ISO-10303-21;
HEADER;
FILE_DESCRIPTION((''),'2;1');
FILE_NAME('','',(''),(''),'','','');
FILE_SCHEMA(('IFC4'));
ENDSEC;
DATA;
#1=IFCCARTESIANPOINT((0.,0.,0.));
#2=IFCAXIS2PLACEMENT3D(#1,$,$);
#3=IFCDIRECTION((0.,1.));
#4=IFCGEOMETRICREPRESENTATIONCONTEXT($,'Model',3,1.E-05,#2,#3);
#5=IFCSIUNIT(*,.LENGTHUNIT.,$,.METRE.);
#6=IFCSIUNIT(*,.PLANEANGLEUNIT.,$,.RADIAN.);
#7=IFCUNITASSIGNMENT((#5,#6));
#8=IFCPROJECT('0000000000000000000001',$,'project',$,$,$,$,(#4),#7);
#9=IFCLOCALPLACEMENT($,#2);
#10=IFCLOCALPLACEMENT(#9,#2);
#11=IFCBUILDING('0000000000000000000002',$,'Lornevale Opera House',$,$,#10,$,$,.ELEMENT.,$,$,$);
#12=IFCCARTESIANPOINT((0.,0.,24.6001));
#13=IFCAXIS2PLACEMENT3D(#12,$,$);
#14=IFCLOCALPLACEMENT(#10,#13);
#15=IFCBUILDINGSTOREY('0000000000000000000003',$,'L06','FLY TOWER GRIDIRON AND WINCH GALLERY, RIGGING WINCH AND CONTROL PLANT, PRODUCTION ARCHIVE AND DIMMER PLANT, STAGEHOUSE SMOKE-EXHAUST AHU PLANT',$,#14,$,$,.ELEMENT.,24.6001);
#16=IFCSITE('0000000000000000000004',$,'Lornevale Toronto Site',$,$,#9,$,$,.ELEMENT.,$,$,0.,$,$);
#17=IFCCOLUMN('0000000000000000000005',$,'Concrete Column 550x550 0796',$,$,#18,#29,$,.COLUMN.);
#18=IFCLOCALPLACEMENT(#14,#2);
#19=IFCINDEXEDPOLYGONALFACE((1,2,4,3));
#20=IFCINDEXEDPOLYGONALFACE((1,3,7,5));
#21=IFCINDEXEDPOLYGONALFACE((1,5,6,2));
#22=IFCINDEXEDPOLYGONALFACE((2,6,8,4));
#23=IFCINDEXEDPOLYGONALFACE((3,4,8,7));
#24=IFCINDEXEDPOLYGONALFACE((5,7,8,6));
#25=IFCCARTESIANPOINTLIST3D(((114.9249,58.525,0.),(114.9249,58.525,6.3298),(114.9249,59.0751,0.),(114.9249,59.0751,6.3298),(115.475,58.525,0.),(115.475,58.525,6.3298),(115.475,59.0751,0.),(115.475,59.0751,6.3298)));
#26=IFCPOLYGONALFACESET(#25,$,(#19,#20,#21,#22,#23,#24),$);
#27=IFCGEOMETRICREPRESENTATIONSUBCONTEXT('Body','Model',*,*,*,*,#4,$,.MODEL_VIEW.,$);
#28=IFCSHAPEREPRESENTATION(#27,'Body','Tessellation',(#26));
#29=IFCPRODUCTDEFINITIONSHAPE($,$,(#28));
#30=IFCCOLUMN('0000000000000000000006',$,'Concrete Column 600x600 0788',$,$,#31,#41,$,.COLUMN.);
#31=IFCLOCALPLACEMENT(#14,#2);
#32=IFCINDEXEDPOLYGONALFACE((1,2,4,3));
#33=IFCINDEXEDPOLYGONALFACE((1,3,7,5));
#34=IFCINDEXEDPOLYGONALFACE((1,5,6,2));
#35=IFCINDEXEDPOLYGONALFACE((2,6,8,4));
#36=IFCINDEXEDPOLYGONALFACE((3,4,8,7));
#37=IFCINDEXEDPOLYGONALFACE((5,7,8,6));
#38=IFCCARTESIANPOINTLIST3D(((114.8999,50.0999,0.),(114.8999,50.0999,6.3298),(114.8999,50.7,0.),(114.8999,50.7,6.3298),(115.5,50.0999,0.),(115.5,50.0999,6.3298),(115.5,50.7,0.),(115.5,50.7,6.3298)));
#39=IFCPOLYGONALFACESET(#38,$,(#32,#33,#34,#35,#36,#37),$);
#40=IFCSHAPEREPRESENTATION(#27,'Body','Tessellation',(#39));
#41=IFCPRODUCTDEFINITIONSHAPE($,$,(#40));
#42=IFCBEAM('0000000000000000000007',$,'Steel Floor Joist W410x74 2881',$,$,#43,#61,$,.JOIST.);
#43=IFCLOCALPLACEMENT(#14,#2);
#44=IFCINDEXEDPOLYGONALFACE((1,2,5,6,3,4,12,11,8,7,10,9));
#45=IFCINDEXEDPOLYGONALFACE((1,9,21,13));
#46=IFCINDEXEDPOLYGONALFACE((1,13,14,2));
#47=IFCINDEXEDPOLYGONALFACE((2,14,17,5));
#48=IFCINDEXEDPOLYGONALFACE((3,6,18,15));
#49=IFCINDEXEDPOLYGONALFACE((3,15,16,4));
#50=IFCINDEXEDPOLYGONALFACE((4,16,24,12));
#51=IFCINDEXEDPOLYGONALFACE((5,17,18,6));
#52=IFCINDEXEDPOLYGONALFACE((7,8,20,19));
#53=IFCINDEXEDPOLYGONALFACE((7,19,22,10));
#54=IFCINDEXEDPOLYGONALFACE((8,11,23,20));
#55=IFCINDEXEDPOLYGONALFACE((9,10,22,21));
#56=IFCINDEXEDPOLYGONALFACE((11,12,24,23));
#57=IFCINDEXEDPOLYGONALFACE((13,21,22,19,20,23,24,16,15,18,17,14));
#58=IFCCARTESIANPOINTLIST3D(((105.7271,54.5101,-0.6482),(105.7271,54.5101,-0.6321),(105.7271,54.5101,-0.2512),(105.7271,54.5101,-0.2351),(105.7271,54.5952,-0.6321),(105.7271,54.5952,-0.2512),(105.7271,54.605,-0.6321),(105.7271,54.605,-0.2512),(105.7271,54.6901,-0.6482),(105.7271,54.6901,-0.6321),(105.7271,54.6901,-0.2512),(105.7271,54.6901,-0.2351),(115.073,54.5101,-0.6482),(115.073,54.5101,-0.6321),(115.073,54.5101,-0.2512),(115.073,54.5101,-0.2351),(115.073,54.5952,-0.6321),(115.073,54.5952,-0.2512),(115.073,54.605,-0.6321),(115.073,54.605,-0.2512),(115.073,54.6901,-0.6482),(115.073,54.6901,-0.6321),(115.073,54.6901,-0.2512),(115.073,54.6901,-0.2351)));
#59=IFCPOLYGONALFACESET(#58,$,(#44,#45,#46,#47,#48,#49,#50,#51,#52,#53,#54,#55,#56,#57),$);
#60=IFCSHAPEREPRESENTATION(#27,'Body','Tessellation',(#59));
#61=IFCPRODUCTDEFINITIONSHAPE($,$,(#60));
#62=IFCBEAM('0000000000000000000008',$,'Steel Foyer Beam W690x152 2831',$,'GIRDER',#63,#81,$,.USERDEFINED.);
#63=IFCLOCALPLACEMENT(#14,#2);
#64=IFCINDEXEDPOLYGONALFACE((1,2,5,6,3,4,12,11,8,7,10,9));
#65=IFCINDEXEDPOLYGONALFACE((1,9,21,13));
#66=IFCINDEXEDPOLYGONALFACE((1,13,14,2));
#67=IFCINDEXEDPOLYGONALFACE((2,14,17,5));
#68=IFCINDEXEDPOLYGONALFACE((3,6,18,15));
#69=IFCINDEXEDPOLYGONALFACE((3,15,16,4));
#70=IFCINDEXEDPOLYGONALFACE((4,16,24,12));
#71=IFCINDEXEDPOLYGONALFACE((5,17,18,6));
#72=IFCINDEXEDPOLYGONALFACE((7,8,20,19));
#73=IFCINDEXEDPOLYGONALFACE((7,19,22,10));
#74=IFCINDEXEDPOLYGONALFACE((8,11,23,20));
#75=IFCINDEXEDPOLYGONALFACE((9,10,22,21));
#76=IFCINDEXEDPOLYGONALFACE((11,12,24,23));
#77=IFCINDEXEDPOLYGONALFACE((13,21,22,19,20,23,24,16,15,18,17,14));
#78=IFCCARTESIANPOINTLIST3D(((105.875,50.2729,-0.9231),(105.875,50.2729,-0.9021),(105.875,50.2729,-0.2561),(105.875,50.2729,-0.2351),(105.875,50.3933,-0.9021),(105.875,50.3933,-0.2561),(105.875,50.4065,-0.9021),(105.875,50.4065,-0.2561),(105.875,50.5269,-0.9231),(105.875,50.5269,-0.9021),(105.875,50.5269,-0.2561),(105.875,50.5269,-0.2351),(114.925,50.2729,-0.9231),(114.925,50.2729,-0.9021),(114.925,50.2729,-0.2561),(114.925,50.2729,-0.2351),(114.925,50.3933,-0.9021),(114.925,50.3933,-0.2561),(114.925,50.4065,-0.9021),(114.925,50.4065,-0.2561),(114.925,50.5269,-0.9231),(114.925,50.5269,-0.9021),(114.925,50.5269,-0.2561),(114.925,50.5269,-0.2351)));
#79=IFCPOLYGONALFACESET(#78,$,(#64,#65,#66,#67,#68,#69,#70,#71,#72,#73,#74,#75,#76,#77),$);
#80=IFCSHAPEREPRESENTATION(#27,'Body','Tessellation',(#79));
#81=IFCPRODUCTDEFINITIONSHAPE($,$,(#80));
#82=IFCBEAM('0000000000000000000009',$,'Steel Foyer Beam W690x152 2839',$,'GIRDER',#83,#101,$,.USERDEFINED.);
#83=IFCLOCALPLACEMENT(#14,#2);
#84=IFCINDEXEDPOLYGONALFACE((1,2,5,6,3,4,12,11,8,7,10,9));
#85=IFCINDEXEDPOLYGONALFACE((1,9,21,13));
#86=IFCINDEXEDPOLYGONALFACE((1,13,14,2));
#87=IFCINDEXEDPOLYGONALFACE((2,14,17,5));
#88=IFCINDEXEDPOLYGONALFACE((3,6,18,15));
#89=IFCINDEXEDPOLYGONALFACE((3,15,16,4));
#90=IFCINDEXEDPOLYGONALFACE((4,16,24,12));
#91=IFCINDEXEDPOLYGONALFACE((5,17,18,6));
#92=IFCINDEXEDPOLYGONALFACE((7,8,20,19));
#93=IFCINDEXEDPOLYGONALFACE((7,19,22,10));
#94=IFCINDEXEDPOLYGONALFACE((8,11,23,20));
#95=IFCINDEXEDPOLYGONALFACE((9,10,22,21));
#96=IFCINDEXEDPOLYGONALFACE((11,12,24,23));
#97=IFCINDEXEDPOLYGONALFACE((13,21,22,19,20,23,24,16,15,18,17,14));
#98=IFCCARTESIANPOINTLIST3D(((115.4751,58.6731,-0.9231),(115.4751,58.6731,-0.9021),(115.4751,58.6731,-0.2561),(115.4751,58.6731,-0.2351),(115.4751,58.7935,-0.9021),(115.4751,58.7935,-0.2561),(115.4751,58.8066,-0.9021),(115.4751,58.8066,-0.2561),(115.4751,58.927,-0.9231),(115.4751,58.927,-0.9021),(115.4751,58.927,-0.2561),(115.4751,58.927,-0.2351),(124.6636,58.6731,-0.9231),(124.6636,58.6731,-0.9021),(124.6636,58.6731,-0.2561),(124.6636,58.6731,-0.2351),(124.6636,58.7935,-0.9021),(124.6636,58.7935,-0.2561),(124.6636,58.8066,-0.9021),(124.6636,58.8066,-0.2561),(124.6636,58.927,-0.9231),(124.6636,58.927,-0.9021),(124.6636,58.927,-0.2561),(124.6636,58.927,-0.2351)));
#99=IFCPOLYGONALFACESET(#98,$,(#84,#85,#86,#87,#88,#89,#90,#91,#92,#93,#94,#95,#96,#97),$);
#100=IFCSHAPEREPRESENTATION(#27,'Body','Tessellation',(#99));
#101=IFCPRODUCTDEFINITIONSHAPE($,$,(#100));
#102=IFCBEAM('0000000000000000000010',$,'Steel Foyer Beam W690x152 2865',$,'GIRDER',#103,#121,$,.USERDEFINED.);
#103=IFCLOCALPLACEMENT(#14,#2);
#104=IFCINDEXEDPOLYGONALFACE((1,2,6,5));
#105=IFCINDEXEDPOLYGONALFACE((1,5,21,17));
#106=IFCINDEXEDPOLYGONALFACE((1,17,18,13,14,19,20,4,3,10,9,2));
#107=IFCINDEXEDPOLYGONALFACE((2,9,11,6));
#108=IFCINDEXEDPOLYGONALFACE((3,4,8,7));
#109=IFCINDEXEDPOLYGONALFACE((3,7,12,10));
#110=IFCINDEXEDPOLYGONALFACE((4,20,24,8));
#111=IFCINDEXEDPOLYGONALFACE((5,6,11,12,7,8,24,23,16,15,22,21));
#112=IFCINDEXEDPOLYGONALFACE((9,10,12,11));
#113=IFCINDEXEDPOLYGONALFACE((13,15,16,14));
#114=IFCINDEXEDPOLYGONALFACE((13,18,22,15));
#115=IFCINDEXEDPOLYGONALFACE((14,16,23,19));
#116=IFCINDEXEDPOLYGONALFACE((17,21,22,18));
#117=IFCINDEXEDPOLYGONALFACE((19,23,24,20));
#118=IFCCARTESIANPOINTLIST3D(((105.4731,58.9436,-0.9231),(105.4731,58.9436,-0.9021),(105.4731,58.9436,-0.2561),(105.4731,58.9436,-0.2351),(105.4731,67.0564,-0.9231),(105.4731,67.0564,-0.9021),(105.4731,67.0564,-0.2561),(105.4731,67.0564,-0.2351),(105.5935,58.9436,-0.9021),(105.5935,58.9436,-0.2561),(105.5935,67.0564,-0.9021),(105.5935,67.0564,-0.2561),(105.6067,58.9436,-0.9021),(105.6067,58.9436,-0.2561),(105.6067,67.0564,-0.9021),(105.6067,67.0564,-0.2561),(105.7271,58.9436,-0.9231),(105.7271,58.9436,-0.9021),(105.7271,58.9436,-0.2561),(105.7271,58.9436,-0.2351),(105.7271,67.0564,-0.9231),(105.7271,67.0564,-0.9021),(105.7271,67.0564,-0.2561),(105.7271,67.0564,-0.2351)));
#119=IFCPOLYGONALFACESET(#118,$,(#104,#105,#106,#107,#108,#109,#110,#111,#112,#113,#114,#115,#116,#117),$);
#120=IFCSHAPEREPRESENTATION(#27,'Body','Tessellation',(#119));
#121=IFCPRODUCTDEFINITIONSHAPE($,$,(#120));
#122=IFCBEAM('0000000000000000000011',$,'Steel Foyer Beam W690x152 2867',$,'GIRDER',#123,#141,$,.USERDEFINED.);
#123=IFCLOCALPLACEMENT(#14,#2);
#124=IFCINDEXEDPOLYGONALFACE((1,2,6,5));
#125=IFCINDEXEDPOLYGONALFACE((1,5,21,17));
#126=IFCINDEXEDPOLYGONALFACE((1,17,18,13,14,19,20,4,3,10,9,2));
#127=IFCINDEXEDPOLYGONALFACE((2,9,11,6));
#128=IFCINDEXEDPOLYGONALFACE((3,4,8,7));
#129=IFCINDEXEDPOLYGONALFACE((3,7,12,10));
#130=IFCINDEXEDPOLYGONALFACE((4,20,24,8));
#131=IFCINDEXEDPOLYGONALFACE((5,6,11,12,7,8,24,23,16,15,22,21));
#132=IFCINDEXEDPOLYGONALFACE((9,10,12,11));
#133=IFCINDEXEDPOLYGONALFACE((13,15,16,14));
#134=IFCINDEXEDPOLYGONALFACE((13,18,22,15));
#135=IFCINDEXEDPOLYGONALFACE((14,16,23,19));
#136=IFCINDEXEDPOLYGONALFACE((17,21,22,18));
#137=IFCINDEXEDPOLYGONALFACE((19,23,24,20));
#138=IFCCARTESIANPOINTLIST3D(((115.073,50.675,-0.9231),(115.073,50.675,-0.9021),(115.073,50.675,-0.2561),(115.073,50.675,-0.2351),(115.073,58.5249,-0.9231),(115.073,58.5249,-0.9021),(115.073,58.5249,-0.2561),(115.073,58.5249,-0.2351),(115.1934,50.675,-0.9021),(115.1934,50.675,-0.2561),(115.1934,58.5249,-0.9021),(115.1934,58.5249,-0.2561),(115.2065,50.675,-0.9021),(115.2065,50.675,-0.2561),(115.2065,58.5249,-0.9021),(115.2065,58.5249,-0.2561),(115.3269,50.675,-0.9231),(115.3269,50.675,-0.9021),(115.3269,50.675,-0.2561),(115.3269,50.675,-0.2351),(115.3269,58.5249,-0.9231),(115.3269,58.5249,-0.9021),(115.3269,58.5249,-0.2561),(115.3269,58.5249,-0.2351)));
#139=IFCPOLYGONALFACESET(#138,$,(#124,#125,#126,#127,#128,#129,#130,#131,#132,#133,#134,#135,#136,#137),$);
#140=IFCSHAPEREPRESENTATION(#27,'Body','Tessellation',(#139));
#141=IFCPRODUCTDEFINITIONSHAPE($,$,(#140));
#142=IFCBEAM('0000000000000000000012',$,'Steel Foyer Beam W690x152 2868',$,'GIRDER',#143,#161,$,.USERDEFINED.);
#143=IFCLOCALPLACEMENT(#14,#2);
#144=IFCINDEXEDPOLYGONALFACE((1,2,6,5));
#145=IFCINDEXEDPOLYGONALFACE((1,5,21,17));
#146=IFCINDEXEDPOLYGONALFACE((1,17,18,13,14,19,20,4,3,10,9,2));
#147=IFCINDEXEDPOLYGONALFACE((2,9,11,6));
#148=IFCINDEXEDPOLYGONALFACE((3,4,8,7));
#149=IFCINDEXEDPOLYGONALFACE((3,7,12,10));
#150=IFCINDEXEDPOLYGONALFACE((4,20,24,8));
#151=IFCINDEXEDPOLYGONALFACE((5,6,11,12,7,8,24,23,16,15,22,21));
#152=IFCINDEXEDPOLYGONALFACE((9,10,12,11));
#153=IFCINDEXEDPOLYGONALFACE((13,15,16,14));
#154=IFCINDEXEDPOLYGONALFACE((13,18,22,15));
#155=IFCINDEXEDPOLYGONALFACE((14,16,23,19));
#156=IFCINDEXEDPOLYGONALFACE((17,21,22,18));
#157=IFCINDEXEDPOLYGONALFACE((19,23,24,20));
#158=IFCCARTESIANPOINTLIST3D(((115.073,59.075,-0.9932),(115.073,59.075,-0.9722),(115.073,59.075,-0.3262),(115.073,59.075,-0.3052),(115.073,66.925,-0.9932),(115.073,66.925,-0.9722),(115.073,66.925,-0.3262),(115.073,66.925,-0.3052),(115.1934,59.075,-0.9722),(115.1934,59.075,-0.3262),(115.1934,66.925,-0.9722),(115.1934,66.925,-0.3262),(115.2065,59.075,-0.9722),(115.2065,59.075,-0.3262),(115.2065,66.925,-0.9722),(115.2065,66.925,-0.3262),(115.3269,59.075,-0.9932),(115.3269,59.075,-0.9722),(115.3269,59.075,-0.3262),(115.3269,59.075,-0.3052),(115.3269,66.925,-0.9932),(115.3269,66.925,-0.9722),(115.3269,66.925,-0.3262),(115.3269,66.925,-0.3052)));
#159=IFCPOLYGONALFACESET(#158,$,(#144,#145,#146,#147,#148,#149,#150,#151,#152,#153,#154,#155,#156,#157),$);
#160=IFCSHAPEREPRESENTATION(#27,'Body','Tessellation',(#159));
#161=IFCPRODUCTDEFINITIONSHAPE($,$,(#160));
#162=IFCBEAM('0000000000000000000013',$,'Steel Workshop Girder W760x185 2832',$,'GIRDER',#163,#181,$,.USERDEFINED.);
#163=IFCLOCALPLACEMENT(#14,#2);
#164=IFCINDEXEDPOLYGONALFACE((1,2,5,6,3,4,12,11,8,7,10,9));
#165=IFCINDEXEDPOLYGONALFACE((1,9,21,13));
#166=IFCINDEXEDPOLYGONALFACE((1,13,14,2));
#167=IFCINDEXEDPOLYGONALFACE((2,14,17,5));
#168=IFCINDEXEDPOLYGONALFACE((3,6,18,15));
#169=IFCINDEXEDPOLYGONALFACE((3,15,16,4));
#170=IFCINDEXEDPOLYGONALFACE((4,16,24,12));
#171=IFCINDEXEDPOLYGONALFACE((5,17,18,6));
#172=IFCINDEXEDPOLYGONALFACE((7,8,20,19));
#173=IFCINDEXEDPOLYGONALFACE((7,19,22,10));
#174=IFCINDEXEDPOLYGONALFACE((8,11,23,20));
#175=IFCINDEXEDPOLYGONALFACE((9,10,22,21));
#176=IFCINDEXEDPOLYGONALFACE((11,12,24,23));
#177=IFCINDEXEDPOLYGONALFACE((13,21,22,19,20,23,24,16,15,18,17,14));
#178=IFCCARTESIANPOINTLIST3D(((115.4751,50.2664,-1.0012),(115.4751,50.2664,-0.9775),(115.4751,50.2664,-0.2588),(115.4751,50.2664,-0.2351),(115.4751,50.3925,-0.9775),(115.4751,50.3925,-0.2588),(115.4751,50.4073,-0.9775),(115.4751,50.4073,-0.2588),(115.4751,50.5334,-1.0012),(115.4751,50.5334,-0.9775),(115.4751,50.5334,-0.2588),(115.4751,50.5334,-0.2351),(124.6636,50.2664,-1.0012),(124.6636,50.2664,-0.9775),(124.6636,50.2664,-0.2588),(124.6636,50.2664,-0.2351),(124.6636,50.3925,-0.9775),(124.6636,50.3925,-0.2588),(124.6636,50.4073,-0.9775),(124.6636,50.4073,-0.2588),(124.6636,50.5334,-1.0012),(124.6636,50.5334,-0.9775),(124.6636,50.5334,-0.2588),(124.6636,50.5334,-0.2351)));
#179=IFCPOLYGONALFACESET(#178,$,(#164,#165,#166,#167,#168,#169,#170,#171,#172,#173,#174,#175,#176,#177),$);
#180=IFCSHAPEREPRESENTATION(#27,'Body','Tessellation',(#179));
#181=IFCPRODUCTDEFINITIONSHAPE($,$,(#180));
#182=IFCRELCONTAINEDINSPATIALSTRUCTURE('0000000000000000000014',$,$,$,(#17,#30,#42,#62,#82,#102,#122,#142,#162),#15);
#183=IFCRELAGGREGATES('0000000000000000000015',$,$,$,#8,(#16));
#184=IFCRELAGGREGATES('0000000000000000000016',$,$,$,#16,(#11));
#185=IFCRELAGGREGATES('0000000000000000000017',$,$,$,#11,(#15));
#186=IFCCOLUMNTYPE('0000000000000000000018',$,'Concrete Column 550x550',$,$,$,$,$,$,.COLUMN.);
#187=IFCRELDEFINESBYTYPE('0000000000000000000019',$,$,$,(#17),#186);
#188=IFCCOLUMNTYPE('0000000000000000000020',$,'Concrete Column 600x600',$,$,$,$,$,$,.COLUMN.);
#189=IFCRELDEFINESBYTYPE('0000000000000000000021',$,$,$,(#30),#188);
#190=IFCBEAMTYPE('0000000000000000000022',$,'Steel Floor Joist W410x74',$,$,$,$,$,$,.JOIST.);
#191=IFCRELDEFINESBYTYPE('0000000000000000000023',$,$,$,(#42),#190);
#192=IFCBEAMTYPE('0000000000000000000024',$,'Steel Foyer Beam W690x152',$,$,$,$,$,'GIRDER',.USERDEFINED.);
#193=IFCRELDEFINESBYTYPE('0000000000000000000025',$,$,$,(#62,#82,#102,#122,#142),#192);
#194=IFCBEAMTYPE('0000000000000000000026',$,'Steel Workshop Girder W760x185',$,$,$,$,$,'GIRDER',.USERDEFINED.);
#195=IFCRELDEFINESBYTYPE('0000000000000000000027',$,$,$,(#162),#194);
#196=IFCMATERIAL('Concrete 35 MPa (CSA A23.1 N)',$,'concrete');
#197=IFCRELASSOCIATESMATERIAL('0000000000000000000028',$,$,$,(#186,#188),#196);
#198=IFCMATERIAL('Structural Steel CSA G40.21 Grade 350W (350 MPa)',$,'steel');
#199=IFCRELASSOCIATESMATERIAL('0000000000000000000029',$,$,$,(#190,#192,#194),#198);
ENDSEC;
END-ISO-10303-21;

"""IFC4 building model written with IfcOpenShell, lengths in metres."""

from ifc_helpers import new_model, si_unit, direction, frame, origin, origin_2d, place, context, subcontext, project, spatial, rectangle, i_section, extrude, material, material_profile, profile_set, type_object, element, save


model = new_model("IFC4")

# Units and contexts
model_context = context("Model", 3, precision=1e-05, world=origin(), true_north=direction((0.0, 1.0)))
body_context = subcontext(model_context, "Body", "Model", "MODEL_VIEW")
ifc_project = project(units=[si_unit("LENGTHUNIT", "METRE"), si_unit("PLANEANGLEUNIT", "RADIAN")], contexts=[model_context])

# Site, building, storey
site_placement = place(None, origin())
site = spatial("IfcSite", under=ifc_project, at=site_placement, Name="Lornevale Toronto Site", CompositionType="ELEMENT", RefElevation=0.0)
building_placement = place(site_placement, origin())
building = spatial("IfcBuilding", under=site, at=building_placement, Name="Lornevale Opera House", CompositionType="ELEMENT")
storey_placement = place(building_placement, frame((0.0, 0.0, 24.6001)))
storey = spatial("IfcBuildingStorey", under=building, at=storey_placement, Name="L06", Description="FLY TOWER GRIDIRON AND WINCH GALLERY, RIGGING WINCH AND CONTROL PLANT, PRODUCTION ARCHIVE AND DIMMER PLANT, STAGEHOUSE SMOKE-EXHAUST AHU PLANT", CompositionType="ELEMENT", Elevation=24.6001)

# Columns
ifc_material_1 = material(Name="Concrete 35 MPa (CSA A23.1 N)", Category="concrete")
ifc_material_profile_1 = material_profile(ifc_material_1, rectangle(XDim=0.55, YDim=0.55, at=origin_2d()), Name="RC550x550")
ifc_profile_set_1 = profile_set([ifc_material_profile_1], Name="Concrete 35 MPa (CSA A23.1 N)")
column_type_1 = type_object("IfcColumnType", Name="Concrete Column 550x550", PredefinedType="COLUMN", material=ifc_profile_set_1)
column_1_placement = place(storey_placement, frame((115.2, 58.8, 0.0), z_axis=(0.0, 0.0, 1.0), x_axis=(1.0, 0.0, 0.0)))
element("IfcColumn", 1, at=column_1_placement, inside=storey, type_object=column_type_1, Name="Concrete Column 550x550 0796", PredefinedType="COLUMN", context=body_context, shape_type="SweptSolid", body=[
    extrude(rectangle(XDim=0.55, YDim=0.55, at=origin_2d()), origin(), (0.0, 0.0, 1.0), 6.3298),
])
ifc_material_profile_2 = material_profile(ifc_material_1, rectangle(XDim=0.6001, YDim=0.6001, at=origin_2d()), Name="RC600x600")
ifc_profile_set_2 = profile_set([ifc_material_profile_2], Name="Concrete 35 MPa (CSA A23.1 N)")
column_type_2 = type_object("IfcColumnType", Name="Concrete Column 600x600", PredefinedType="COLUMN", material=ifc_profile_set_2)
column_2_placement = place(storey_placement, frame((115.2, 50.3999, 0.0), z_axis=(0.0, 0.0, 1.0), x_axis=(1.0, 0.0, 0.0)))
element("IfcColumn", 2, at=column_2_placement, inside=storey, type_object=column_type_2, Name="Concrete Column 600x600 0788", PredefinedType="COLUMN", context=body_context, shape_type="SweptSolid", body=[
    extrude(rectangle(XDim=0.6001, YDim=0.6001, at=origin_2d()), origin(), (0.0, 0.0, 1.0), 6.3298),
])

# Beams
ifc_material_2 = material(Name="Structural Steel CSA G40.21 Grade 350W (350 MPa)", Category="steel")
ifc_material_profile_3 = material_profile(ifc_material_2, i_section(OverallWidth=0.1799, OverallDepth=0.4131, WebThickness=0.0098, FlangeThickness=0.0161, at=origin_2d()), Name="W410x74")
ifc_profile_set_3 = profile_set([ifc_material_profile_3], Name="Structural Steel CSA G40.21 Grade 350W (350 MPa)")
beam_type_1 = type_object("IfcBeamType", Name="Steel Floor Joist W410x74", PredefinedType="JOIST", material=ifc_profile_set_3)
beam_1_placement = place(storey_placement, frame((105.7271, 54.6001, -0.4417), z_axis=(1.0, 0.0, 0.0), x_axis=(0.0, 1.0, 0.0)))
element("IfcBeam", 3, at=beam_1_placement, inside=storey, type_object=beam_type_1, Name="Steel Floor Joist W410x74 2881", PredefinedType="JOIST", context=body_context, shape_type="SweptSolid", body=[
    extrude(i_section(OverallWidth=0.1799, OverallDepth=0.4131, WebThickness=0.0098, FlangeThickness=0.0161, at=origin_2d()), origin(), (0.0, 0.0, 1.0), 9.3459),
])
ifc_material_profile_4 = material_profile(ifc_material_2, i_section(OverallWidth=0.2539, OverallDepth=0.688, WebThickness=0.0132, FlangeThickness=0.021, at=origin_2d()), Name="W690x152")
ifc_profile_set_4 = profile_set([ifc_material_profile_4], Name="Structural Steel CSA G40.21 Grade 350W (350 MPa)")
beam_type_2 = type_object("IfcBeamType", Name="Steel Foyer Beam W690x152", ElementType="GIRDER", PredefinedType="USERDEFINED", material=ifc_profile_set_4)
beam_2_placement = place(storey_placement, frame((105.875, 50.3999, -0.5791), z_axis=(1.0, 0.0, 0.0), x_axis=(0.0, 1.0, 0.0)))
element("IfcBeam", 4, at=beam_2_placement, inside=storey, type_object=beam_type_2, Name="Steel Foyer Beam W690x152 2831", ObjectType="GIRDER", PredefinedType="USERDEFINED", context=body_context, shape_type="SweptSolid", body=[
    extrude(i_section(OverallWidth=0.2539, OverallDepth=0.688, WebThickness=0.0132, FlangeThickness=0.021, at=origin_2d()), origin(), (0.0, 0.0, 1.0), 9.05),
])
beam_3_placement = place(storey_placement, frame((115.4751, 58.8, -0.5791), z_axis=(1.0, 0.0, 0.0), x_axis=(0.0, 1.0, 0.0)))
element("IfcBeam", 5, at=beam_3_placement, inside=storey, type_object=beam_type_2, Name="Steel Foyer Beam W690x152 2839", ObjectType="GIRDER", PredefinedType="USERDEFINED", context=body_context, shape_type="SweptSolid", body=[
    extrude(i_section(OverallWidth=0.2539, OverallDepth=0.688, WebThickness=0.0132, FlangeThickness=0.021, at=origin_2d()), origin(), (0.0, 0.0, 1.0), 9.1885),
])
beam_4_placement = place(storey_placement, frame((105.6001, 58.9436, -0.5791), z_axis=(0.0, 1.0, 0.0), x_axis=(-1.0, 0.0, 0.0)))
element("IfcBeam", 6, at=beam_4_placement, inside=storey, type_object=beam_type_2, Name="Steel Foyer Beam W690x152 2865", ObjectType="GIRDER", PredefinedType="USERDEFINED", context=body_context, shape_type="SweptSolid", body=[
    extrude(i_section(OverallWidth=0.2539, OverallDepth=0.688, WebThickness=0.0132, FlangeThickness=0.021, at=origin_2d()), origin(), (0.0, 0.0, 1.0), 8.1128),
])
beam_5_placement = place(storey_placement, frame((115.2, 50.675, -0.5791), z_axis=(0.0, 1.0, 0.0), x_axis=(-1.0, 0.0, 0.0)))
element("IfcBeam", 7, at=beam_5_placement, inside=storey, type_object=beam_type_2, Name="Steel Foyer Beam W690x152 2867", ObjectType="GIRDER", PredefinedType="USERDEFINED", context=body_context, shape_type="SweptSolid", body=[
    extrude(i_section(OverallWidth=0.2539, OverallDepth=0.688, WebThickness=0.0132, FlangeThickness=0.021, at=origin_2d()), origin(), (0.0, 0.0, 1.0), 7.8499),
])
beam_6_placement = place(storey_placement, frame((115.2, 59.075, -0.6492), z_axis=(0.0, 1.0, 0.0), x_axis=(-1.0, 0.0, 0.0)))
element("IfcBeam", 8, at=beam_6_placement, inside=storey, type_object=beam_type_2, Name="Steel Foyer Beam W690x152 2868", ObjectType="GIRDER", PredefinedType="USERDEFINED", context=body_context, shape_type="SweptSolid", body=[
    extrude(i_section(OverallWidth=0.2539, OverallDepth=0.688, WebThickness=0.0132, FlangeThickness=0.021, at=origin_2d()), origin(), (0.0, 0.0, 1.0), 7.8501),
])
ifc_material_profile_5 = material_profile(ifc_material_2, i_section(OverallWidth=0.2671, OverallDepth=0.7661, WebThickness=0.0149, FlangeThickness=0.0237, at=origin_2d()), Name="W760x185")
ifc_profile_set_5 = profile_set([ifc_material_profile_5], Name="Structural Steel CSA G40.21 Grade 350W (350 MPa)")
beam_type_3 = type_object("IfcBeamType", Name="Steel Workshop Girder W760x185", ElementType="GIRDER", PredefinedType="USERDEFINED", material=ifc_profile_set_5)
beam_7_placement = place(storey_placement, frame((115.4751, 50.3999, -0.6182), z_axis=(1.0, 0.0, 0.0), x_axis=(0.0, 1.0, 0.0)))
element("IfcBeam", 9, at=beam_7_placement, inside=storey, type_object=beam_type_3, Name="Steel Workshop Girder W760x185 2832", ObjectType="GIRDER", PredefinedType="USERDEFINED", context=body_context, shape_type="SweptSolid", body=[
    extrude(i_section(OverallWidth=0.2671, OverallDepth=0.7661, WebThickness=0.0149, FlangeThickness=0.0237, at=origin_2d()), origin(), (0.0, 0.0, 1.0), 9.1885),
])

save(model, "model.ifc")
